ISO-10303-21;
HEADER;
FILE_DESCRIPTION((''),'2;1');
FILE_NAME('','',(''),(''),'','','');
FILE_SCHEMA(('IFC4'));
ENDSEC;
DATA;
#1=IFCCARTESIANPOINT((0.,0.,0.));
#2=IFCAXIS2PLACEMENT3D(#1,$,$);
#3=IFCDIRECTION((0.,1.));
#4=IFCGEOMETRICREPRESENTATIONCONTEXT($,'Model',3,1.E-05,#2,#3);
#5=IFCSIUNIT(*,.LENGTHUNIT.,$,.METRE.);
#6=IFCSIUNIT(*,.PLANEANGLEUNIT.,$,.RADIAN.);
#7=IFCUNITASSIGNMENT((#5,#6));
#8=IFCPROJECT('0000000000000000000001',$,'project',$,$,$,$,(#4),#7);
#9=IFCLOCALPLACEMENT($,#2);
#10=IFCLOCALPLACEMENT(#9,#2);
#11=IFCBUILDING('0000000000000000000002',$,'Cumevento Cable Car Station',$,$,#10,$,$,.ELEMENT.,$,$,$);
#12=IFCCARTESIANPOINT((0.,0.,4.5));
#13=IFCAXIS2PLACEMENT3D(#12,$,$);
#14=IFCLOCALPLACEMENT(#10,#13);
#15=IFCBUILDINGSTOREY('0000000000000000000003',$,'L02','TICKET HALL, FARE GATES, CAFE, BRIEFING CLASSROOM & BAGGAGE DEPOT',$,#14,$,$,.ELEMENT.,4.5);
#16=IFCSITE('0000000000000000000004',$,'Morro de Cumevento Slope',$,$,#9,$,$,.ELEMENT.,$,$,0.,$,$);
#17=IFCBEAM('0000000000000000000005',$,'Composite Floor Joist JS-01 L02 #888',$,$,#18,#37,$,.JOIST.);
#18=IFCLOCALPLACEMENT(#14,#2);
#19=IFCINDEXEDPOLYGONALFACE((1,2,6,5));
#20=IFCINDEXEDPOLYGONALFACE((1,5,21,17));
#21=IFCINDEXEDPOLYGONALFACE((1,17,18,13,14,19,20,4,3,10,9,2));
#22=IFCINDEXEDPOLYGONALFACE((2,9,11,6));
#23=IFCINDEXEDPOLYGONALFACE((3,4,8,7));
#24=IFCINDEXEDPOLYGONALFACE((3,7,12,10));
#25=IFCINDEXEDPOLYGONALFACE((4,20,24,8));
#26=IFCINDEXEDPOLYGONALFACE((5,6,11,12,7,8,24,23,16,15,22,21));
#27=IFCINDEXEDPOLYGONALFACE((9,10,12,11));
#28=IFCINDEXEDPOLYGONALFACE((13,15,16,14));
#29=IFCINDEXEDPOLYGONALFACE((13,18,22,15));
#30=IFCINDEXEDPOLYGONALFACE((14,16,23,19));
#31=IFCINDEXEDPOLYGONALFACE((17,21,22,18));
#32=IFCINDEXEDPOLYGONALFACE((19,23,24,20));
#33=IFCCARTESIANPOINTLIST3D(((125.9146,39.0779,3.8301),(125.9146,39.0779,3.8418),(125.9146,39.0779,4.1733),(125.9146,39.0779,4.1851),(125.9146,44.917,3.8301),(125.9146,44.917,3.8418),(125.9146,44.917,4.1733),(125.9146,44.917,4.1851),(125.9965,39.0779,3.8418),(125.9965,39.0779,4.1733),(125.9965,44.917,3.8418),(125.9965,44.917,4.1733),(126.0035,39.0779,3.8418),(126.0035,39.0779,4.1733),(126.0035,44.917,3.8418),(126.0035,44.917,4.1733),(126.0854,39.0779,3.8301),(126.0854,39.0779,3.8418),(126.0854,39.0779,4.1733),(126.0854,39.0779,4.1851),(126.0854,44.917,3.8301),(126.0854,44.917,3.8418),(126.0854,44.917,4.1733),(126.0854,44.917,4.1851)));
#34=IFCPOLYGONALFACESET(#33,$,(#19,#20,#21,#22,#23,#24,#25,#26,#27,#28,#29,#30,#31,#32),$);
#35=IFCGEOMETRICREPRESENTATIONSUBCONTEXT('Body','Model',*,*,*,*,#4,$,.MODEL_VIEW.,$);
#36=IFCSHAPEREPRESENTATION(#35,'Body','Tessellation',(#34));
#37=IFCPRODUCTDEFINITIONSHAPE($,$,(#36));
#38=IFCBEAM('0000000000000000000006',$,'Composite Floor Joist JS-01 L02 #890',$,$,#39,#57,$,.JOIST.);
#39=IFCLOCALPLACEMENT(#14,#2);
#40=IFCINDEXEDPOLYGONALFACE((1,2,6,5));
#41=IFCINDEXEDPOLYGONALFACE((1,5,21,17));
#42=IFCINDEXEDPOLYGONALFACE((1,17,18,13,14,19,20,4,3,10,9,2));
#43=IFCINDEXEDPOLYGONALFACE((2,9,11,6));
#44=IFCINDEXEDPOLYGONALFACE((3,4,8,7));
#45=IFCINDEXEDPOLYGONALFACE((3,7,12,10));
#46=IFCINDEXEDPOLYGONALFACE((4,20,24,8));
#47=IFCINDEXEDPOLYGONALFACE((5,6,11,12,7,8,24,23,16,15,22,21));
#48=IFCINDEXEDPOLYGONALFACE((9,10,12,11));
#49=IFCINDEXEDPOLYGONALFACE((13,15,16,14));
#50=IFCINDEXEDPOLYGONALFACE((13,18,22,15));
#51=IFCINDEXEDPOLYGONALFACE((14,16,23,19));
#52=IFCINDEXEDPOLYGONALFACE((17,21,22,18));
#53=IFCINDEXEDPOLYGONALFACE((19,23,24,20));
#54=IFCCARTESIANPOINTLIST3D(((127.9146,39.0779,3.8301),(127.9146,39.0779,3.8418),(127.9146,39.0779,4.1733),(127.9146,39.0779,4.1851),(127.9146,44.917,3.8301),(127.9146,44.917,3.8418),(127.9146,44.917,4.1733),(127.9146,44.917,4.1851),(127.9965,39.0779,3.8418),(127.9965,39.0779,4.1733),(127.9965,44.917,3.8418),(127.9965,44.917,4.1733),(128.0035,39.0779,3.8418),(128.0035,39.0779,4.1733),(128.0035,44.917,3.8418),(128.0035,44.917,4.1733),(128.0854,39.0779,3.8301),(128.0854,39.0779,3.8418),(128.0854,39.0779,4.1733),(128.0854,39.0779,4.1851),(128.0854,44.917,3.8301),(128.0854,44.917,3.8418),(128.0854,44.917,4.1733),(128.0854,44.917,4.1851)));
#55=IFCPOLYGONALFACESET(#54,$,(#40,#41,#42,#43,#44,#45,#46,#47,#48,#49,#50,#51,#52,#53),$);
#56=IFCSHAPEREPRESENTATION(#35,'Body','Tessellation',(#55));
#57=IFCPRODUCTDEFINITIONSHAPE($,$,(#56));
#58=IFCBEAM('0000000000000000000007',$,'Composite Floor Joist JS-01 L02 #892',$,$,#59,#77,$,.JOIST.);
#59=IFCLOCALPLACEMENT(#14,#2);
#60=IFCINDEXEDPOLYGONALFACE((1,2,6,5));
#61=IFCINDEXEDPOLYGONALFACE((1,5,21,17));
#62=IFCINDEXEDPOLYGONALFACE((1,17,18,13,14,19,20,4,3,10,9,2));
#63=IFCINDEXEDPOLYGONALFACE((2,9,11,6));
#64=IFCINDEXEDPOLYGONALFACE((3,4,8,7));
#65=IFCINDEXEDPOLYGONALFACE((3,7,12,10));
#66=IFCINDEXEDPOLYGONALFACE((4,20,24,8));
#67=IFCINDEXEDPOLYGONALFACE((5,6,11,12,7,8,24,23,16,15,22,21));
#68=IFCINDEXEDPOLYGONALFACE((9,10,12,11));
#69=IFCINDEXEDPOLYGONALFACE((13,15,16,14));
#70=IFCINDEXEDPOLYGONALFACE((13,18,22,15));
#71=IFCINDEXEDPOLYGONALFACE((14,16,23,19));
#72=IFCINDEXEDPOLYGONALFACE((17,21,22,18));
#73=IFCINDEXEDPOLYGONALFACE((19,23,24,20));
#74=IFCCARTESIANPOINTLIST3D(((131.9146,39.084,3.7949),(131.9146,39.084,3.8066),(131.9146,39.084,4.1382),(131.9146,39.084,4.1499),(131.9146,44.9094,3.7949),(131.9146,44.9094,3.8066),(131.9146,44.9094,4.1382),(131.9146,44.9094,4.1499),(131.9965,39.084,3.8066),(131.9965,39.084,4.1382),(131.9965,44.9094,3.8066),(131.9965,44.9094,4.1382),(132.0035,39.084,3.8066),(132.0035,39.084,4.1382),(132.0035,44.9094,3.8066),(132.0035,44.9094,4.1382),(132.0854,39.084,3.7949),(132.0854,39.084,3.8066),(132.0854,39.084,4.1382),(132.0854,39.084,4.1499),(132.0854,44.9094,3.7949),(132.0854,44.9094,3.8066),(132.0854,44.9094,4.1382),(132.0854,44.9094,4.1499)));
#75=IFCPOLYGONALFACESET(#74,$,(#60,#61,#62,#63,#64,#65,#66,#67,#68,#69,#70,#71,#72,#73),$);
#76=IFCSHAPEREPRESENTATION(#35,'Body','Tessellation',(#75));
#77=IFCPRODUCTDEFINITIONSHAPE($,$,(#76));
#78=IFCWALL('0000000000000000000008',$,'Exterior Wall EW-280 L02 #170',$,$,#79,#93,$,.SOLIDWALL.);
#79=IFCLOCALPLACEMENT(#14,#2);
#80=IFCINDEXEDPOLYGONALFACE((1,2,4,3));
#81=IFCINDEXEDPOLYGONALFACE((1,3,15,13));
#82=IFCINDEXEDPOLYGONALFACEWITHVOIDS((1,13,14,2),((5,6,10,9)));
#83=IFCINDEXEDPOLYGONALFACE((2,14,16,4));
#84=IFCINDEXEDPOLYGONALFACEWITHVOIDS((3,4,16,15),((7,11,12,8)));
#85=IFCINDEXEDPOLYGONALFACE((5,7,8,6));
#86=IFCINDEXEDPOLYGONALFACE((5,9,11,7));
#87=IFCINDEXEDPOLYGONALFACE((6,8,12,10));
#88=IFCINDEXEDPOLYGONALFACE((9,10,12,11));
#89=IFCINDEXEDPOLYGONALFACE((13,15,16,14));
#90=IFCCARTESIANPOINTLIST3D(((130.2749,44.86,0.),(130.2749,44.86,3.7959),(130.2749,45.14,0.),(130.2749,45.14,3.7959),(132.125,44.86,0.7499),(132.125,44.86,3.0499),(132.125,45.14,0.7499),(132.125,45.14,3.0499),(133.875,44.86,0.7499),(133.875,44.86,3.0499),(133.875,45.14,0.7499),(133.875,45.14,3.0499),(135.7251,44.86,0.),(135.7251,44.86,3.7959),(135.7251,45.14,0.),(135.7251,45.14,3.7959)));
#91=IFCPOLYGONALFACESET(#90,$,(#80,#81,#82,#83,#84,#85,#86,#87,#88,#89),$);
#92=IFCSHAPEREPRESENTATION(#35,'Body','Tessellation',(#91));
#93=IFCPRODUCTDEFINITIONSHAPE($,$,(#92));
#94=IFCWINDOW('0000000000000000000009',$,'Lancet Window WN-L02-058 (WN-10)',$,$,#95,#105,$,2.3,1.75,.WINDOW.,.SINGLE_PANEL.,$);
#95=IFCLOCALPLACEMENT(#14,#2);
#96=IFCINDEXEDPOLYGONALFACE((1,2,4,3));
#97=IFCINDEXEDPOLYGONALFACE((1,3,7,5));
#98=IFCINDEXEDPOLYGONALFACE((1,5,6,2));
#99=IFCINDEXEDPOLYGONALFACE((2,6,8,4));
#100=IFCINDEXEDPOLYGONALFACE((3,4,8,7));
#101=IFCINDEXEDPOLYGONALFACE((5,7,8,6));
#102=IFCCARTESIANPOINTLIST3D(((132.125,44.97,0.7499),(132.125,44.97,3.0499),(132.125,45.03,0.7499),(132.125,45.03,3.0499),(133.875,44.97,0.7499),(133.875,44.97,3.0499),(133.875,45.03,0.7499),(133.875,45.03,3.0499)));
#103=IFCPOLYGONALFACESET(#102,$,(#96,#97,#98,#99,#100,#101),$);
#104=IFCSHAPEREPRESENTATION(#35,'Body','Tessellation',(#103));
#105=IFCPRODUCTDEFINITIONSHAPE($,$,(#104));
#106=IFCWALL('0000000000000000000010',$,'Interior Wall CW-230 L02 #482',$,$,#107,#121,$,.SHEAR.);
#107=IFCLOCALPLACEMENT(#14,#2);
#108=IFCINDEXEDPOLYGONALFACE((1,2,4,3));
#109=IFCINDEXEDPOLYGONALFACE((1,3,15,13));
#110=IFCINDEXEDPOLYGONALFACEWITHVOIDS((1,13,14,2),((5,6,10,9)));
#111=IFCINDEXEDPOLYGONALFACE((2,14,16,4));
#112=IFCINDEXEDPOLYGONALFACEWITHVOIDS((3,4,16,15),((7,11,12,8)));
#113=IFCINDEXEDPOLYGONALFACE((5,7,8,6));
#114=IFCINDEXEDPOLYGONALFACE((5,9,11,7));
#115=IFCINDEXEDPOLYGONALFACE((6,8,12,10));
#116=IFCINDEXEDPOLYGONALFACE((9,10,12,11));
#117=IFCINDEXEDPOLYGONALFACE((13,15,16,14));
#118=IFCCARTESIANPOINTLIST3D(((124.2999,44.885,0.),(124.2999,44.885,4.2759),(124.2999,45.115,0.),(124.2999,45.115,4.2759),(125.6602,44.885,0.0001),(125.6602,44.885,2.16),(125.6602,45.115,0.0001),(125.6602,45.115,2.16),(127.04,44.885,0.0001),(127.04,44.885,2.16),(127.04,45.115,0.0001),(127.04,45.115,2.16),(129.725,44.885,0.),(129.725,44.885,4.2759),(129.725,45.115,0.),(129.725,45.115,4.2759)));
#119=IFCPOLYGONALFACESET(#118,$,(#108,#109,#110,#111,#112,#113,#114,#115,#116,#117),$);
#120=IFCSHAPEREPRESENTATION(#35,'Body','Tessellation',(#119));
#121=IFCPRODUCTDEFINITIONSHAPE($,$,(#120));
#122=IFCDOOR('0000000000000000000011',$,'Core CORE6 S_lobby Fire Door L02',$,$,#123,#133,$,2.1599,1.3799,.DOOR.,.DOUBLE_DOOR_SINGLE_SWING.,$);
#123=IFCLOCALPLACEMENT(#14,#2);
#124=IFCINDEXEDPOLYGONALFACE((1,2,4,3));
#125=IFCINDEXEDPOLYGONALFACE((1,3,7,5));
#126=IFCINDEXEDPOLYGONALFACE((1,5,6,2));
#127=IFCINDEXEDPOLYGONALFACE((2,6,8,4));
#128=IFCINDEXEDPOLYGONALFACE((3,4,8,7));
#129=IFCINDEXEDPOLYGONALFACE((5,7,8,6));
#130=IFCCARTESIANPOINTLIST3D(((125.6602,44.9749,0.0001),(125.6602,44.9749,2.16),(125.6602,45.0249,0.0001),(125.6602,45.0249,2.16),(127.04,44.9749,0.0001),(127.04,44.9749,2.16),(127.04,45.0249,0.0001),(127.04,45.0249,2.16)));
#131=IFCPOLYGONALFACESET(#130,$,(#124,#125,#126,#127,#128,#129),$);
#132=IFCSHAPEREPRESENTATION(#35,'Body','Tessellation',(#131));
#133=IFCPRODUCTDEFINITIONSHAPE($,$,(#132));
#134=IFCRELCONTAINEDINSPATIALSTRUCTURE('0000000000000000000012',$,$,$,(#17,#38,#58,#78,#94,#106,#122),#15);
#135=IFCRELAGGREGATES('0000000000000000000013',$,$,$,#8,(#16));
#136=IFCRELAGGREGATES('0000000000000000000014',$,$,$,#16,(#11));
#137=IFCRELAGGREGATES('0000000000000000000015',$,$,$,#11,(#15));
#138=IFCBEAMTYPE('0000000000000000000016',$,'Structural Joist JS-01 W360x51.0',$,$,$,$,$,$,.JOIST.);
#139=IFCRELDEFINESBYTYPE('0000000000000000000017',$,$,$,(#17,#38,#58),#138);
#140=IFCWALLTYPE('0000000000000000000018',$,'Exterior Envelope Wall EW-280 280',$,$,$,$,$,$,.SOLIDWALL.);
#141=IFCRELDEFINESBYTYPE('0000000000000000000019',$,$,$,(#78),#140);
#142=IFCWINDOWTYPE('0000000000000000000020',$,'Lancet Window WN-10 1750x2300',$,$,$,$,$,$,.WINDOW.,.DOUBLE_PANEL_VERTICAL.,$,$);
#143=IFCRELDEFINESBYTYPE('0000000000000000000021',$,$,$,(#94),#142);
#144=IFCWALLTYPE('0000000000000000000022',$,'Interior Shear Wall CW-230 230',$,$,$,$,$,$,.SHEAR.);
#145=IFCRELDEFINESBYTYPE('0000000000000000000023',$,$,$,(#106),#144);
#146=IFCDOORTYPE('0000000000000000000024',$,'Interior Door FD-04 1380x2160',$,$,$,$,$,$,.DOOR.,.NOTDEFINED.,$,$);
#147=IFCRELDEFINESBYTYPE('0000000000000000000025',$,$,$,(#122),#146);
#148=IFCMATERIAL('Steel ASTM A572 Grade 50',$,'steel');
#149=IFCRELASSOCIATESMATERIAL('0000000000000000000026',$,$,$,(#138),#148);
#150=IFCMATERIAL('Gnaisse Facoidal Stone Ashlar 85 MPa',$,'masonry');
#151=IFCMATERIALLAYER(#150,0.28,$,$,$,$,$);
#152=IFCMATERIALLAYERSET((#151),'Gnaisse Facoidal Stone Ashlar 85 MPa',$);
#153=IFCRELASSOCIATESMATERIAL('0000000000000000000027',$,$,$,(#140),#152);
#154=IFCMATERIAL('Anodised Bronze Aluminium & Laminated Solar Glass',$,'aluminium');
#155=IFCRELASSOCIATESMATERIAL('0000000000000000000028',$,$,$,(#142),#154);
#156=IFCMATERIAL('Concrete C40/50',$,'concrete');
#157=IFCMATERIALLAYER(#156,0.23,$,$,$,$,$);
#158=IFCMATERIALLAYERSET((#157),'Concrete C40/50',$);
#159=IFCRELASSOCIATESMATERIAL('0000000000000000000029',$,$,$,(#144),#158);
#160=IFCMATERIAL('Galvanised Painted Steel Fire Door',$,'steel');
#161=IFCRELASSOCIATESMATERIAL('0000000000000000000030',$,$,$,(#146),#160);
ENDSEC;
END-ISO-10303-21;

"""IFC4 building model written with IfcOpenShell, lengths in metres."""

from ifc_helpers import new_model, si_unit, direction, frame, frame_2d, origin, origin_2d, place, context, subcontext, project, spatial, rectangle, i_section, extrude, material, layer, layer_set, material_profile, profile_set, type_object, element, fill, save


model = new_model("IFC4")

# Units and contexts
model_context = context("Model", 3, precision=1e-05, world=origin(), true_north=direction((0.0, 1.0)))
body_context = subcontext(model_context, "Body", "Model", "MODEL_VIEW")
ifc_project = project(units=[si_unit("LENGTHUNIT", "METRE"), si_unit("PLANEANGLEUNIT", "RADIAN")], contexts=[model_context])

# Site, building, storey
site_placement = place(None, origin())
site = spatial("IfcSite", under=ifc_project, at=site_placement, Name="Morro de Cumevento Slope", CompositionType="ELEMENT", RefElevation=0.0)
building_placement = place(site_placement, origin())
building = spatial("IfcBuilding", under=site, at=building_placement, Name="Cumevento Cable Car Station", CompositionType="ELEMENT")
storey_placement = place(building_placement, frame((0.0, 0.0, 4.5)))
storey = spatial("IfcBuildingStorey", under=building, at=storey_placement, Name="L02", Description="TICKET HALL, FARE GATES, CAFE, BRIEFING CLASSROOM & BAGGAGE DEPOT", CompositionType="ELEMENT", Elevation=4.5)

# Beams
ifc_material_1 = material(Name="Steel ASTM A572 Grade 50", Category="steel")
ifc_material_profile_1 = material_profile(ifc_material_1, i_section(OverallWidth=0.1709, OverallDepth=0.355, WebThickness=0.0071, FlangeThickness=0.0117, at=origin_2d()), Name="W360x51.0")
ifc_profile_set_1 = profile_set([ifc_material_profile_1], Name="Steel ASTM A572 Grade 50")
beam_type_1 = type_object("IfcBeamType", Name="Structural Joist JS-01 W360x51.0", PredefinedType="JOIST", material=ifc_profile_set_1)
for number, where, z_axis, x_axis, name in (
    (1, (126.0, 39.0779, 4.0076), (0.0, 1.0, 0.0), (-1.0, 0.0, 0.0), "Composite Floor Joist JS-01 L02 #888"),
    (2, (128.0, 39.0779, 4.0076), (0.0, 1.0, 0.0), (-1.0, 0.0, 0.0), "Composite Floor Joist JS-01 L02 #890"),
):
    element("IfcBeam", number, at=place(storey_placement, frame(where, z_axis=z_axis, x_axis=x_axis)), inside=storey, type_object=beam_type_1, Name=name, PredefinedType="JOIST", context=body_context, shape_type="SweptSolid", body=[
        extrude(i_section(OverallWidth=0.1709, OverallDepth=0.355, WebThickness=0.0071, FlangeThickness=0.0117, at=origin_2d()), origin(), (0.0, 0.0, 1.0), 5.8391),
    ])
beam_1_placement = place(storey_placement, frame((132.0, 39.084, 3.9724), z_axis=(0.0, 1.0, 0.0), x_axis=(-1.0, 0.0, 0.0)))
element("IfcBeam", 3, at=beam_1_placement, inside=storey, type_object=beam_type_1, Name="Composite Floor Joist JS-01 L02 #892", PredefinedType="JOIST", context=body_context, shape_type="SweptSolid", body=[
    extrude(i_section(OverallWidth=0.1709, OverallDepth=0.355, WebThickness=0.0071, FlangeThickness=0.0117, at=origin_2d()), origin(), (0.0, 0.0, 1.0), 5.8254),
])

# Wall, opening, window
ifc_material_2 = material(Name="Gnaisse Facoidal Stone Ashlar 85 MPa", Category="masonry")
ifc_layer_1 = layer(ifc_material_2, 0.28)
ifc_layer_set_1 = layer_set([ifc_layer_1], Name="Gnaisse Facoidal Stone Ashlar 85 MPa")
wall_type_1 = type_object("IfcWallType", Name="Exterior Envelope Wall EW-280 280", PredefinedType="SOLIDWALL", material=ifc_layer_set_1)
wall_1_placement = place(storey_placement, frame((130.2749, 45.0, 0.0), z_axis=(0.0, 0.0, 1.0), x_axis=(1.0, 0.0, 0.0)))
wall_1 = element("IfcWall", 4, at=wall_1_placement, inside=storey, type_object=wall_type_1, Name="Exterior Wall EW-280 L02 #170", PredefinedType="SOLIDWALL", context=body_context, shape_type="SweptSolid", body=[
    extrude(rectangle(XDim=5.4502, YDim=0.28, at=frame_2d((2.7251, 0.0))), origin(), (0.0, 0.0, 1.0), 3.7959),
])
opening_1_placement = place(wall_1_placement, frame((1.8501, 0.0, 0.75)))
opening_1 = element("IfcOpeningElement", 5, at=opening_1_placement, cuts=wall_1, PredefinedType="OPENING", context=body_context, shape_type="SweptSolid", body=[
    extrude(rectangle(XDim=1.75, YDim=2.3, at=frame_2d((0.875, 1.1499))), frame((0.0, 0.1501, 0.0), z_axis=(0.0, -1.0, 0.0), x_axis=(1.0, 0.0, 0.0)), (0.0, 0.0, 1.0), 0.3),
])
ifc_material_3 = material(Name="Anodised Bronze Aluminium & Laminated Solar Glass", Category="aluminium")
window_type = type_object("IfcWindowType", Name="Lancet Window WN-10 1750x2300", PartitioningType="DOUBLE_PANEL_VERTICAL", PredefinedType="WINDOW", material=ifc_material_3)
window_placement = place(opening_1_placement, origin())
window = element("IfcWindow", 6, at=window_placement, inside=storey, type_object=window_type, Name="Lancet Window WN-L02-058 (WN-10)", OverallHeight=2.3, OverallWidth=1.75, PartitioningType="SINGLE_PANEL", PredefinedType="WINDOW", context=body_context, shape_type="SweptSolid", body=[
    extrude(rectangle(XDim=1.75, YDim=2.3, at=frame_2d((0.875, 1.1499))), frame((0.0, 0.03, 0.0), z_axis=(0.0, -1.0, 0.0), x_axis=(1.0, 0.0, 0.0)), (0.0, 0.0, 1.0), 0.0601),
])
fill(opening_1, window)

# Wall, opening, door
ifc_material_4 = material(Name="Concrete C40/50", Category="concrete")
ifc_layer_2 = layer(ifc_material_4, 0.23)
ifc_layer_set_2 = layer_set([ifc_layer_2], Name="Concrete C40/50")
wall_type_2 = type_object("IfcWallType", Name="Interior Shear Wall CW-230 230", PredefinedType="SHEAR", material=ifc_layer_set_2)
wall_2_placement = place(storey_placement, frame((124.3, 45.0, 0.0), z_axis=(0.0, 0.0, 1.0), x_axis=(1.0, 0.0, 0.0)))
wall_2 = element("IfcWall", 7, at=wall_2_placement, inside=storey, type_object=wall_type_2, Name="Interior Wall CW-230 L02 #482", PredefinedType="SHEAR", context=body_context, shape_type="SweptSolid", body=[
    extrude(rectangle(XDim=5.425, YDim=0.23, at=frame_2d((2.7124, 0.0))), origin(), (0.0, 0.0, 1.0), 4.2759),
])
opening_2_placement = place(wall_2_placement, frame((1.3601, 0.0, 0.0)))
opening_2 = element("IfcOpeningElement", 8, at=opening_2_placement, cuts=wall_2, PredefinedType="OPENING", context=body_context, shape_type="SweptSolid", body=[
    extrude(rectangle(XDim=1.3799, YDim=2.1599, at=frame_2d((0.6899, 1.0801))), frame((0.0, 0.125, 0.0), z_axis=(0.0, -1.0, 0.0), x_axis=(1.0, 0.0, 0.0)), (0.0, 0.0, 1.0), 0.25),
])
ifc_material_5 = material(Name="Galvanised Painted Steel Fire Door", Category="steel")
door_type = type_object("IfcDoorType", Name="Interior Door FD-04 1380x2160", OperationType="NOTDEFINED", PredefinedType="DOOR", material=ifc_material_5)
door_placement = place(opening_2_placement, origin())
door = element("IfcDoor", 9, at=door_placement, inside=storey, type_object=door_type, Name="Core CORE6 S_lobby Fire Door L02", OperationType="DOUBLE_DOOR_SINGLE_SWING", OverallHeight=2.1599, OverallWidth=1.3799, PredefinedType="DOOR", context=body_context, shape_type="SweptSolid", body=[
    extrude(rectangle(XDim=1.3799, YDim=2.1599, at=frame_2d((0.6899, 1.0801))), frame((0.0, 0.0249, 0.0), z_axis=(0.0, -1.0, 0.0), x_axis=(1.0, 0.0, 0.0)), (0.0, 0.0, 1.0), 0.05),
])
fill(opening_2, door)

save(model, "model.ifc")
